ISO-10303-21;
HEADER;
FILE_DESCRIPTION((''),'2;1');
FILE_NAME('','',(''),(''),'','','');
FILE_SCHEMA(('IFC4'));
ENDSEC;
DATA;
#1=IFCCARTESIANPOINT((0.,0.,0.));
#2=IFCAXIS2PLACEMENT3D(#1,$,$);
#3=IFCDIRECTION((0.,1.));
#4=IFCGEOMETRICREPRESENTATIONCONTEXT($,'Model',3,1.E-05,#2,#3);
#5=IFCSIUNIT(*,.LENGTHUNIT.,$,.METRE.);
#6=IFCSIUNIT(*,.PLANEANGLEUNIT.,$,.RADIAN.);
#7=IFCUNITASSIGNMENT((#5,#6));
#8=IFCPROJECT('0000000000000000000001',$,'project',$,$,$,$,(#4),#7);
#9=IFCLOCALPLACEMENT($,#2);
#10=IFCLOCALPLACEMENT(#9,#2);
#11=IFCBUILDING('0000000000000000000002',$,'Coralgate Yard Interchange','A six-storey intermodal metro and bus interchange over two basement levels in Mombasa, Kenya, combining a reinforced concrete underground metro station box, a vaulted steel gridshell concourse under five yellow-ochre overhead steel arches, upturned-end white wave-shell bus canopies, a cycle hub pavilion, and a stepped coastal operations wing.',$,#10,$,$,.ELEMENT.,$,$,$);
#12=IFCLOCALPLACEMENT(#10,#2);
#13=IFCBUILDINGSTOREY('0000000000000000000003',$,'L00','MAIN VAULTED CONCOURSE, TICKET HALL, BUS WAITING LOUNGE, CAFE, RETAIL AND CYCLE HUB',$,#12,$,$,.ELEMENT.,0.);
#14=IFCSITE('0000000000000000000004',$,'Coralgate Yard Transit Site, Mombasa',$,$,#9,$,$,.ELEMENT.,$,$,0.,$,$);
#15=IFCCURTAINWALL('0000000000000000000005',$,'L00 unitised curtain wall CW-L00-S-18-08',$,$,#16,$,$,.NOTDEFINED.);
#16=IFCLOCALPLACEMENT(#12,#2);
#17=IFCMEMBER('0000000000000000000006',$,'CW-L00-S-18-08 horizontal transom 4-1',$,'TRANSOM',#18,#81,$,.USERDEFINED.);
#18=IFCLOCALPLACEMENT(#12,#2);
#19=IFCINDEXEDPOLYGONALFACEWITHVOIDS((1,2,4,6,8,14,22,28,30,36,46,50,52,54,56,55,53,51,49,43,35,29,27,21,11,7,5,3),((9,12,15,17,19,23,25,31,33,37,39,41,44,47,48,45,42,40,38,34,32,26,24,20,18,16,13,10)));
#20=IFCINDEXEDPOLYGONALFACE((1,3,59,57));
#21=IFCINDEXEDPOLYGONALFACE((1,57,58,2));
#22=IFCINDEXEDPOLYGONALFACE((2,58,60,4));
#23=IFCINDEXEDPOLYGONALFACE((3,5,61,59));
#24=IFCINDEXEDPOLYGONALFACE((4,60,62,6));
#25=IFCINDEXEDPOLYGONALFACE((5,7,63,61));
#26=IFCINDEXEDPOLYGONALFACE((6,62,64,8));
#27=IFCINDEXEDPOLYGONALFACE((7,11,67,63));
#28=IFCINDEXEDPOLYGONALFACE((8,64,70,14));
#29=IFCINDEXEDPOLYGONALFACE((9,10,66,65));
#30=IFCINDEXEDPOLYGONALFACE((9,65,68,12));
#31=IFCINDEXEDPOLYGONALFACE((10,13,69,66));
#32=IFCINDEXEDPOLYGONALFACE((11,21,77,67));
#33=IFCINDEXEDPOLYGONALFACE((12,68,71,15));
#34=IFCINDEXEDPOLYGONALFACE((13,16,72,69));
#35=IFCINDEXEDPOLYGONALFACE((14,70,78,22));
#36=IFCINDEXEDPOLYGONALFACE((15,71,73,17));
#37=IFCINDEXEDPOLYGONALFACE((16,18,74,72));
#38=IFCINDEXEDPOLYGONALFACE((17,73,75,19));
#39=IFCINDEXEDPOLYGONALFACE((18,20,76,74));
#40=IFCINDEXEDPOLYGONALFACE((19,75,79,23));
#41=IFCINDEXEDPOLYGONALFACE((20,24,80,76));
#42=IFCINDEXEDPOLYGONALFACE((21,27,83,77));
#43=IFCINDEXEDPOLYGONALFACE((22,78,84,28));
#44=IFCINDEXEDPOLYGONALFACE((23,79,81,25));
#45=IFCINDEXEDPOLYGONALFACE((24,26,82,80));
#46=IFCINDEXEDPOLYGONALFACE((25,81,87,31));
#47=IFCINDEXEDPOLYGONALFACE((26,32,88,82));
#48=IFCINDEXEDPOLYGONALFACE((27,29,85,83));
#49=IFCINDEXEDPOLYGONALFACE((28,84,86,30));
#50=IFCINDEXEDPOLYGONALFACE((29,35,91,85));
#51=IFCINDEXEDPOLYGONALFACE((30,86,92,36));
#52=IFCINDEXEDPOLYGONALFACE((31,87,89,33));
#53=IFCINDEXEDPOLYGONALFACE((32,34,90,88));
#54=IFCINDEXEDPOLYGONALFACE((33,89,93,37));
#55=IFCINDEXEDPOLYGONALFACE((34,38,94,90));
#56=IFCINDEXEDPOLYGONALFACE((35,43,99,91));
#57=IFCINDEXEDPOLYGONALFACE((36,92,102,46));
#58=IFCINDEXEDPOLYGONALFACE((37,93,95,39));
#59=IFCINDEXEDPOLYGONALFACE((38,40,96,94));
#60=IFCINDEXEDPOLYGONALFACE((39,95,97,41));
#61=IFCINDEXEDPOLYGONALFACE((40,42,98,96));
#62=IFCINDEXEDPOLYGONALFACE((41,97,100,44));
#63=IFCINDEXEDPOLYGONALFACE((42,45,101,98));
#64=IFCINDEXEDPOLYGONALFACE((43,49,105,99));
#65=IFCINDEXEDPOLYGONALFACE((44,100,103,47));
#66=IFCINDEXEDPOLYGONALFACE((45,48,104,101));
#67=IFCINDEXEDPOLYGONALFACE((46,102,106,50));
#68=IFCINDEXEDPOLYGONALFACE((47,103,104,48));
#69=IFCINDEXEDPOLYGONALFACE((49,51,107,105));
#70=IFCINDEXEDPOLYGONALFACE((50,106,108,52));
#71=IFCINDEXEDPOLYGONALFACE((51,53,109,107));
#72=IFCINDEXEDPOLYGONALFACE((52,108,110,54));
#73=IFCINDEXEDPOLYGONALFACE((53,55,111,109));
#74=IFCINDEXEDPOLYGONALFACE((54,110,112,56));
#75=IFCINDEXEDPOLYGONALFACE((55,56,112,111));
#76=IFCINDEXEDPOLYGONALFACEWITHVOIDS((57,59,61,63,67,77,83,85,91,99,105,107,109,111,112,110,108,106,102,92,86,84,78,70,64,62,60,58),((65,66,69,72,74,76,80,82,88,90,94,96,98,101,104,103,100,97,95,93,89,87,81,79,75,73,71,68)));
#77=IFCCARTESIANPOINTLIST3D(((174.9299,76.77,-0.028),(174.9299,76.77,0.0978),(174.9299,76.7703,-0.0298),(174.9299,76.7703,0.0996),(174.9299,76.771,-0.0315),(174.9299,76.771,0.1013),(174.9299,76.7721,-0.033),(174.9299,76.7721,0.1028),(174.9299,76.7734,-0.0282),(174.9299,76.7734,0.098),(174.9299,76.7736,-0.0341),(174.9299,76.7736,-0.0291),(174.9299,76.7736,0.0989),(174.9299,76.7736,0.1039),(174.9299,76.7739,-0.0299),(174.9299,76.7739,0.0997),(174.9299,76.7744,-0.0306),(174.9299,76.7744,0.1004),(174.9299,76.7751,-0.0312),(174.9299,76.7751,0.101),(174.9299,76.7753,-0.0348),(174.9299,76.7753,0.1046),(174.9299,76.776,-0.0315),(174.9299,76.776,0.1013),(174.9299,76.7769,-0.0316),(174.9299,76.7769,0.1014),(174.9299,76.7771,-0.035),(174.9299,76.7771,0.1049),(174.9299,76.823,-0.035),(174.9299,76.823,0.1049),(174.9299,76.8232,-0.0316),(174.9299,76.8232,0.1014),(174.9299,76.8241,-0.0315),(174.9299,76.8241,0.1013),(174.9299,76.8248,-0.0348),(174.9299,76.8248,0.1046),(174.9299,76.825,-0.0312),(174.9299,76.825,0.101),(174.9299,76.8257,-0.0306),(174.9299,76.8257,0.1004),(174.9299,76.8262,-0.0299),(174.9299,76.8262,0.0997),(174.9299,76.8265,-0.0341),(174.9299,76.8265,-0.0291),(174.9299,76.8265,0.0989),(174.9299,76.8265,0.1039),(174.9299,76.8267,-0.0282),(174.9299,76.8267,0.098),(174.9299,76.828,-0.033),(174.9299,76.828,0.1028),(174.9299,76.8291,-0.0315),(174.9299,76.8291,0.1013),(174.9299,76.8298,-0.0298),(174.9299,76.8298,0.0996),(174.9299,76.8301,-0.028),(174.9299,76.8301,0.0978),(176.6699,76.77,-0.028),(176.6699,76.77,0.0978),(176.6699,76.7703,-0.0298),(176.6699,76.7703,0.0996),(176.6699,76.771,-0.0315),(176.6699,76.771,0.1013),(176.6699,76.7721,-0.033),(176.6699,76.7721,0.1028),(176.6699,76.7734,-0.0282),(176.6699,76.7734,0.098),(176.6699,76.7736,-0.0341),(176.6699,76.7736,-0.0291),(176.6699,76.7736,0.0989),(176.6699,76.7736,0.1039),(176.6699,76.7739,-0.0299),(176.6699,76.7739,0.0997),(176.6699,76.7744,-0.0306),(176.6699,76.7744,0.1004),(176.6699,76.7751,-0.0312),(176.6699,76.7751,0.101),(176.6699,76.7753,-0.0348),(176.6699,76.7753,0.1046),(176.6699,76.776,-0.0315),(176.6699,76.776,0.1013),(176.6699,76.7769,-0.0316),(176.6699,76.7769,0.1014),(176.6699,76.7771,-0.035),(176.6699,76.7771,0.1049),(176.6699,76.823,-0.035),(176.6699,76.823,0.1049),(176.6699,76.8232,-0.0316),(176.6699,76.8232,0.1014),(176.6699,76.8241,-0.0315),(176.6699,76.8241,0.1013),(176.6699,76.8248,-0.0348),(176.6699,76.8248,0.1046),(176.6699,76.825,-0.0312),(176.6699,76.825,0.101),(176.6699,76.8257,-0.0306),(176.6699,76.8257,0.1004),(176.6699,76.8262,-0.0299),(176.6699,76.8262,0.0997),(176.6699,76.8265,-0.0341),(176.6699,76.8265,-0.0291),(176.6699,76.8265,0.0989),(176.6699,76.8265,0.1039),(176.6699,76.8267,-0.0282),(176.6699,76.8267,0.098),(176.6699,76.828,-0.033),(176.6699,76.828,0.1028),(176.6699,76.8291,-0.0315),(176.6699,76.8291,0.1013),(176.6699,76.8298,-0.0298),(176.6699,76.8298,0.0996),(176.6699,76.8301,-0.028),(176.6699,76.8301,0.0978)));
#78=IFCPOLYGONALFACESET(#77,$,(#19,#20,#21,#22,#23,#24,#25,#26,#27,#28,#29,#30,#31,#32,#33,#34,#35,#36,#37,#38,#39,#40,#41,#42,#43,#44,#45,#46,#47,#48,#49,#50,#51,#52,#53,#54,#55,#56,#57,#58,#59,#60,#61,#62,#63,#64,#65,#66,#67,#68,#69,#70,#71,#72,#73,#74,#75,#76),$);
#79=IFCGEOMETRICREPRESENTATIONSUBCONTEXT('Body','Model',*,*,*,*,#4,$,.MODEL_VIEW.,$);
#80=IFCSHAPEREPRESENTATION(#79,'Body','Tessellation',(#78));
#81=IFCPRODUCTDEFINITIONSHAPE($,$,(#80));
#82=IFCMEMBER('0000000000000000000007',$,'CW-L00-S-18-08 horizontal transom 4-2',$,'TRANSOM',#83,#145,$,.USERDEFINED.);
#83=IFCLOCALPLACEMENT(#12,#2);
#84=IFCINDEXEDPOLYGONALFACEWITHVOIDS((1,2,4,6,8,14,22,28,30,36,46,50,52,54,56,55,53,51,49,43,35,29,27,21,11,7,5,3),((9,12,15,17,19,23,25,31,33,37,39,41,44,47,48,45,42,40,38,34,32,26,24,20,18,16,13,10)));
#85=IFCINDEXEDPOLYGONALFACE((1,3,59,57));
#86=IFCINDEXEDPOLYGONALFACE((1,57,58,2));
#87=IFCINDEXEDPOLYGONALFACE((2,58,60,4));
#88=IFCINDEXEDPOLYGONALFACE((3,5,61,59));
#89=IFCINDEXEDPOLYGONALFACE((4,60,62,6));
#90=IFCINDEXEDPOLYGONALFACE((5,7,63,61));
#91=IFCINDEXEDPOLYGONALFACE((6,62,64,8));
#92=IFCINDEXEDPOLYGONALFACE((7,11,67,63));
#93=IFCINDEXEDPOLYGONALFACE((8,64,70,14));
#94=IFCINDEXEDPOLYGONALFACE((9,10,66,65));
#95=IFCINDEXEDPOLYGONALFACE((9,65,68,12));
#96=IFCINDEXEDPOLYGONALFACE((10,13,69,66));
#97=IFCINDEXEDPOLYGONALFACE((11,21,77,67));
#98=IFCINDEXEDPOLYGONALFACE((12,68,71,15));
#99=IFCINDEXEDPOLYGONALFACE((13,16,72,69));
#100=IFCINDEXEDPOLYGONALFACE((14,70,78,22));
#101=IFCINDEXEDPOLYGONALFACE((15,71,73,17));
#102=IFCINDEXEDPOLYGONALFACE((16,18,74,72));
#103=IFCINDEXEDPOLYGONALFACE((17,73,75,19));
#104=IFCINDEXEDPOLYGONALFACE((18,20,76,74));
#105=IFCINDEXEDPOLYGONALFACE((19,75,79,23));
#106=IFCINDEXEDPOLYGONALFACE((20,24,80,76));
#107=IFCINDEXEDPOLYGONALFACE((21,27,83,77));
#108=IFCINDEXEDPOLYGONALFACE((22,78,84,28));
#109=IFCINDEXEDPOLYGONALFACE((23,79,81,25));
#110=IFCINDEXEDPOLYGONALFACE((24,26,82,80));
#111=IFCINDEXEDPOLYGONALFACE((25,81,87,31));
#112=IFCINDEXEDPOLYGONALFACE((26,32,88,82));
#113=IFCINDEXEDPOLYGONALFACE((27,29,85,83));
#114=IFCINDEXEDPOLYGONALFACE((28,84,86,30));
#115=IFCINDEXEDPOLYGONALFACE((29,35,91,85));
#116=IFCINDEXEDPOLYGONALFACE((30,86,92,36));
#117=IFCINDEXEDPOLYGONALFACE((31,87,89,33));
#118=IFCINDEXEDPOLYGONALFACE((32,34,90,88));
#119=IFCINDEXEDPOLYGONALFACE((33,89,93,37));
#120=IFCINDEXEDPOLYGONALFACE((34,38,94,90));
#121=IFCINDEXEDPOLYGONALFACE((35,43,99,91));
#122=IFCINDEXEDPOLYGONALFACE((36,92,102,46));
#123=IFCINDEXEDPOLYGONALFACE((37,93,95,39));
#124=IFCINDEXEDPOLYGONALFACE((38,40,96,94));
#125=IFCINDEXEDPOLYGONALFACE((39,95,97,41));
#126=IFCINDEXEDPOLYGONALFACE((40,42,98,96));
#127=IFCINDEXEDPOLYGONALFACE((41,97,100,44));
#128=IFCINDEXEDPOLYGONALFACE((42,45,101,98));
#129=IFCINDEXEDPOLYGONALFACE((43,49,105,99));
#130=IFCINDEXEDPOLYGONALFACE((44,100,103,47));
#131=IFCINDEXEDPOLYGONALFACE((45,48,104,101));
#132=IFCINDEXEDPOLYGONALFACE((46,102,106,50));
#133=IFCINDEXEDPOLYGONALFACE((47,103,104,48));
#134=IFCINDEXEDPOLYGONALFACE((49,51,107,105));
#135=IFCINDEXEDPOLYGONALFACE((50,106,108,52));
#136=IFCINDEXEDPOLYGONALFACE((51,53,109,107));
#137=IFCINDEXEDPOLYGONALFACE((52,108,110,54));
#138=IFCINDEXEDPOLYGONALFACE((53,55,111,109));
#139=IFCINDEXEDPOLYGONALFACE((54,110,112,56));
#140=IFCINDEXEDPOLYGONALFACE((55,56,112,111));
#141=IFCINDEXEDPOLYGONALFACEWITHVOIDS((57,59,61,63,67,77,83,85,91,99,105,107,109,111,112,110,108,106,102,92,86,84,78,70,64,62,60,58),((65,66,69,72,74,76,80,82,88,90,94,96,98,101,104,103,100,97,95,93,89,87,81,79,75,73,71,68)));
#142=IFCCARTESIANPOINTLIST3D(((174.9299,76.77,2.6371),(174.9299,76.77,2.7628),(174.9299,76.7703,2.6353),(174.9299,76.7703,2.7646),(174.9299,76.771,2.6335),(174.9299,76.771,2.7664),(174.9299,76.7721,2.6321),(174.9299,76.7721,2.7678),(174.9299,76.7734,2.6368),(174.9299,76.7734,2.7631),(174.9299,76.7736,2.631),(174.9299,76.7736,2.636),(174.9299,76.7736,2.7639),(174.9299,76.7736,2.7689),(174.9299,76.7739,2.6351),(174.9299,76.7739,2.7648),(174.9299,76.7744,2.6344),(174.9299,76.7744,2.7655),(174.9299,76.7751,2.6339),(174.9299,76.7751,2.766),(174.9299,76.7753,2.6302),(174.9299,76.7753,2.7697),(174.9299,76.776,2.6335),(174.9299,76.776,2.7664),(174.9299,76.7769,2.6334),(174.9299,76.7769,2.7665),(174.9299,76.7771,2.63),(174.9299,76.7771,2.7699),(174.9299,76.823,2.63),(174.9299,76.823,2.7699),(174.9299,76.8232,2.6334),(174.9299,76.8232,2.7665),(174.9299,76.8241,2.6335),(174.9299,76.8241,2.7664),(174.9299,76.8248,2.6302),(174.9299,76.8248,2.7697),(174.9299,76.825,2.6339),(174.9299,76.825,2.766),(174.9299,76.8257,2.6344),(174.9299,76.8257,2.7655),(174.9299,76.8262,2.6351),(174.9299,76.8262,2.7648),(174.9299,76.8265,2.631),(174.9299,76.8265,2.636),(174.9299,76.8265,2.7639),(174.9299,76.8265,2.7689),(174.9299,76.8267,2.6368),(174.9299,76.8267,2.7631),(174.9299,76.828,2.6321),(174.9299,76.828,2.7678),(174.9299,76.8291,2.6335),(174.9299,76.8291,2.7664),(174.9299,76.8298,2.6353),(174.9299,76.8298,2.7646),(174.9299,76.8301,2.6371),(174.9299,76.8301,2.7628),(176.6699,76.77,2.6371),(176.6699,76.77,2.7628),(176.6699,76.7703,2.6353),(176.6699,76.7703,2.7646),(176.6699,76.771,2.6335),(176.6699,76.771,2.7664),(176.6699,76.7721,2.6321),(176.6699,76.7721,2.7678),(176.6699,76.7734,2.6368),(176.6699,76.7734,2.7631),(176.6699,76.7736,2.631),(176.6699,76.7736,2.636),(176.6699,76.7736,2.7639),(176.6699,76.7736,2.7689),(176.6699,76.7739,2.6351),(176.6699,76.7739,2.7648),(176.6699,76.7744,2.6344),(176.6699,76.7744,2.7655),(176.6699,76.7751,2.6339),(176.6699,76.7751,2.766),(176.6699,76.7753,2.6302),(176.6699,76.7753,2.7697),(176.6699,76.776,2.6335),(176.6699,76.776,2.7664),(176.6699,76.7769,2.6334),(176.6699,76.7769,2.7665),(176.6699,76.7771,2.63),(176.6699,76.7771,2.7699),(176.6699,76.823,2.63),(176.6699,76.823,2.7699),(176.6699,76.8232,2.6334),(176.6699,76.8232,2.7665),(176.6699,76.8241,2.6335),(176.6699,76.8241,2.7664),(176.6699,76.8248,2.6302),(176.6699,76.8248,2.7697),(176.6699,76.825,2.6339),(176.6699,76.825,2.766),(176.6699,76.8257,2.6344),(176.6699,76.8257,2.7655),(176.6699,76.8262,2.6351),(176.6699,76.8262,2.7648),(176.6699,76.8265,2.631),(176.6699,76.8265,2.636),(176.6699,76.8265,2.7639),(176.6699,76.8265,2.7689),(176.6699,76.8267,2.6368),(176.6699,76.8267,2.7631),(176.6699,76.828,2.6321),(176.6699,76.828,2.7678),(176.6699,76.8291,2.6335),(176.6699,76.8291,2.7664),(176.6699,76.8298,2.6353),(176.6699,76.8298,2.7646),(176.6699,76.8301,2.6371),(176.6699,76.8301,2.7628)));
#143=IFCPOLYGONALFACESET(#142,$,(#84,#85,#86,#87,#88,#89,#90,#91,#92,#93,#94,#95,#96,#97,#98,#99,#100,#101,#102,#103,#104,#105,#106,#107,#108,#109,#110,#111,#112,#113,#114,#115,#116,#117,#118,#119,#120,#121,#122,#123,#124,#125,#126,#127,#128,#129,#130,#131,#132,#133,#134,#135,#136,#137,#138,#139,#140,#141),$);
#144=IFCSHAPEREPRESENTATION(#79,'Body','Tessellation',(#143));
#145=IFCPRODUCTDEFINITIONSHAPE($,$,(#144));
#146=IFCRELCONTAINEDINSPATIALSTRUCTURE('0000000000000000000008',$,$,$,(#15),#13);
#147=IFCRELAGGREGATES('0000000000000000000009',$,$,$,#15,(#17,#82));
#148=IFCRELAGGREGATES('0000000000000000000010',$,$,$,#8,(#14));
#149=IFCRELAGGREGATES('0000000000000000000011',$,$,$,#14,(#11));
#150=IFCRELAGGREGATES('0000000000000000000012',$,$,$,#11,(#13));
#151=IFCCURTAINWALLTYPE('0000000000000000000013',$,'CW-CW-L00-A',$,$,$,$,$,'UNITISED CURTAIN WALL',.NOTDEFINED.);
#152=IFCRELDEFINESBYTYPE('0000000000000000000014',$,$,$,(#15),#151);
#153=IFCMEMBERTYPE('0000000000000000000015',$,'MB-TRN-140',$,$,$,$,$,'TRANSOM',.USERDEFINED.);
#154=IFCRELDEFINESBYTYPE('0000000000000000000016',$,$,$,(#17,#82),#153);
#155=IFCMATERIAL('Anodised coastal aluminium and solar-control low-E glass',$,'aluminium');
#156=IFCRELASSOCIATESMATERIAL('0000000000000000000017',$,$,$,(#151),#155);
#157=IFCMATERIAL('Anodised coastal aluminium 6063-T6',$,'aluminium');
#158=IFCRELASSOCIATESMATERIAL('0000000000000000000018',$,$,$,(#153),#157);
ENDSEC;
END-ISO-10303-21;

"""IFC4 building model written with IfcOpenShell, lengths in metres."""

from ifc_helpers import new_model, si_unit, direction, frame, origin, origin_2d, place, context, subcontext, project, spatial, hollow_rectangle, extrude, material, material_profile, profile_set, type_object, element, aggregate, save


model = new_model("IFC4")

# Units and contexts
model_context = context("Model", 3, precision=1e-05, world=origin(), true_north=direction((0.0, 1.0)))
body_context = subcontext(model_context, "Body", "Model", "MODEL_VIEW")
ifc_project = project(units=[si_unit("LENGTHUNIT", "METRE"), si_unit("PLANEANGLEUNIT", "RADIAN")], contexts=[model_context])

# Site, building, storey
site_placement = place(None, origin())
site = spatial("IfcSite", under=ifc_project, at=site_placement, Name="Coralgate Yard Transit Site, Mombasa", CompositionType="ELEMENT", RefElevation=0.0)
building_placement = place(site_placement, origin())
building = spatial("IfcBuilding", under=site, at=building_placement, Name="Coralgate Yard Interchange", Description="A six-storey intermodal metro and bus interchange over two basement levels in Mombasa, Kenya, combining a reinforced concrete underground metro station box, a vaulted steel gridshell concourse under five yellow-ochre overhead steel arches, upturned-end white wave-shell bus canopies, a cycle hub pavilion, and a stepped coastal operations wing.", CompositionType="ELEMENT")
storey_placement = place(building_placement, origin())
storey = spatial("IfcBuildingStorey", under=building, at=storey_placement, Name="L00", Description="MAIN VAULTED CONCOURSE, TICKET HALL, BUS WAITING LOUNGE, CAFE, RETAIL AND CYCLE HUB", CompositionType="ELEMENT", Elevation=0.0)

# Shared definitions
ifc_material_1 = material(Name="Anodised coastal aluminium and solar-control low-E glass", Category="aluminium")
ifc_material_2 = material(Name="Anodised coastal aluminium 6063-T6", Category="aluminium")

# Curtain wall, members
curtain_wall_type_1 = type_object("IfcCurtainWallType", Name="CW-CW-L00-A", ElementType="UNITISED CURTAIN WALL", PredefinedType="NOTDEFINED", material=ifc_material_1)
curtain_wall_1_placement = place(storey_placement, origin())
curtain_wall_1 = element("IfcCurtainWall", 1, at=curtain_wall_1_placement, inside=storey, type_object=curtain_wall_type_1, Name="L00 unitised curtain wall CW-L00-S-18-08", PredefinedType="NOTDEFINED")
ifc_material_profile_1 = material_profile(ifc_material_2, hollow_rectangle(XDim=0.0601, YDim=0.1399, WallThickness=0.0034, InnerFilletRadius=0.0034, OuterFilletRadius=0.0071, at=origin_2d()), Name="ALU 60x140x3.5")
ifc_profile_set_1 = profile_set([ifc_material_profile_1], Name="Anodised coastal aluminium 6063-T6")
member_type_1 = type_object("IfcMemberType", Name="MB-TRN-140", ElementType="TRANSOM", PredefinedType="USERDEFINED", material=ifc_profile_set_1)
member_1_placement = place(storey_placement, frame((176.6699, 76.8, 0.0349), z_axis=(-1.0, 0.0, 0.0), x_axis=(0.0, -1.0, 0.0)))
member_1 = element("IfcMember", 2, at=member_1_placement, type_object=member_type_1, Name="CW-L00-S-18-08 horizontal transom 4-1", ObjectType="TRANSOM", PredefinedType="USERDEFINED", context=body_context, shape_type="SweptSolid", body=[
    extrude(hollow_rectangle(XDim=0.0601, YDim=0.1399, WallThickness=0.0034, InnerFilletRadius=0.0034, OuterFilletRadius=0.0071, at=origin_2d()), origin(), (0.0, 0.0, 1.0), 1.74),
])
member_2_placement = place(storey_placement, frame((176.6699, 76.8, 2.7), z_axis=(-1.0, 0.0, 0.0), x_axis=(0.0, -1.0, 0.0)))
member_2 = element("IfcMember", 3, at=member_2_placement, type_object=member_type_1, Name="CW-L00-S-18-08 horizontal transom 4-2", ObjectType="TRANSOM", PredefinedType="USERDEFINED", context=body_context, shape_type="SweptSolid", body=[
    extrude(hollow_rectangle(XDim=0.0601, YDim=0.1399, WallThickness=0.0034, InnerFilletRadius=0.0034, OuterFilletRadius=0.0071, at=origin_2d()), origin(), (0.0, 0.0, 1.0), 1.74),
])
aggregate(curtain_wall_1, [member_1, member_2])

save(model, "model.ifc")
